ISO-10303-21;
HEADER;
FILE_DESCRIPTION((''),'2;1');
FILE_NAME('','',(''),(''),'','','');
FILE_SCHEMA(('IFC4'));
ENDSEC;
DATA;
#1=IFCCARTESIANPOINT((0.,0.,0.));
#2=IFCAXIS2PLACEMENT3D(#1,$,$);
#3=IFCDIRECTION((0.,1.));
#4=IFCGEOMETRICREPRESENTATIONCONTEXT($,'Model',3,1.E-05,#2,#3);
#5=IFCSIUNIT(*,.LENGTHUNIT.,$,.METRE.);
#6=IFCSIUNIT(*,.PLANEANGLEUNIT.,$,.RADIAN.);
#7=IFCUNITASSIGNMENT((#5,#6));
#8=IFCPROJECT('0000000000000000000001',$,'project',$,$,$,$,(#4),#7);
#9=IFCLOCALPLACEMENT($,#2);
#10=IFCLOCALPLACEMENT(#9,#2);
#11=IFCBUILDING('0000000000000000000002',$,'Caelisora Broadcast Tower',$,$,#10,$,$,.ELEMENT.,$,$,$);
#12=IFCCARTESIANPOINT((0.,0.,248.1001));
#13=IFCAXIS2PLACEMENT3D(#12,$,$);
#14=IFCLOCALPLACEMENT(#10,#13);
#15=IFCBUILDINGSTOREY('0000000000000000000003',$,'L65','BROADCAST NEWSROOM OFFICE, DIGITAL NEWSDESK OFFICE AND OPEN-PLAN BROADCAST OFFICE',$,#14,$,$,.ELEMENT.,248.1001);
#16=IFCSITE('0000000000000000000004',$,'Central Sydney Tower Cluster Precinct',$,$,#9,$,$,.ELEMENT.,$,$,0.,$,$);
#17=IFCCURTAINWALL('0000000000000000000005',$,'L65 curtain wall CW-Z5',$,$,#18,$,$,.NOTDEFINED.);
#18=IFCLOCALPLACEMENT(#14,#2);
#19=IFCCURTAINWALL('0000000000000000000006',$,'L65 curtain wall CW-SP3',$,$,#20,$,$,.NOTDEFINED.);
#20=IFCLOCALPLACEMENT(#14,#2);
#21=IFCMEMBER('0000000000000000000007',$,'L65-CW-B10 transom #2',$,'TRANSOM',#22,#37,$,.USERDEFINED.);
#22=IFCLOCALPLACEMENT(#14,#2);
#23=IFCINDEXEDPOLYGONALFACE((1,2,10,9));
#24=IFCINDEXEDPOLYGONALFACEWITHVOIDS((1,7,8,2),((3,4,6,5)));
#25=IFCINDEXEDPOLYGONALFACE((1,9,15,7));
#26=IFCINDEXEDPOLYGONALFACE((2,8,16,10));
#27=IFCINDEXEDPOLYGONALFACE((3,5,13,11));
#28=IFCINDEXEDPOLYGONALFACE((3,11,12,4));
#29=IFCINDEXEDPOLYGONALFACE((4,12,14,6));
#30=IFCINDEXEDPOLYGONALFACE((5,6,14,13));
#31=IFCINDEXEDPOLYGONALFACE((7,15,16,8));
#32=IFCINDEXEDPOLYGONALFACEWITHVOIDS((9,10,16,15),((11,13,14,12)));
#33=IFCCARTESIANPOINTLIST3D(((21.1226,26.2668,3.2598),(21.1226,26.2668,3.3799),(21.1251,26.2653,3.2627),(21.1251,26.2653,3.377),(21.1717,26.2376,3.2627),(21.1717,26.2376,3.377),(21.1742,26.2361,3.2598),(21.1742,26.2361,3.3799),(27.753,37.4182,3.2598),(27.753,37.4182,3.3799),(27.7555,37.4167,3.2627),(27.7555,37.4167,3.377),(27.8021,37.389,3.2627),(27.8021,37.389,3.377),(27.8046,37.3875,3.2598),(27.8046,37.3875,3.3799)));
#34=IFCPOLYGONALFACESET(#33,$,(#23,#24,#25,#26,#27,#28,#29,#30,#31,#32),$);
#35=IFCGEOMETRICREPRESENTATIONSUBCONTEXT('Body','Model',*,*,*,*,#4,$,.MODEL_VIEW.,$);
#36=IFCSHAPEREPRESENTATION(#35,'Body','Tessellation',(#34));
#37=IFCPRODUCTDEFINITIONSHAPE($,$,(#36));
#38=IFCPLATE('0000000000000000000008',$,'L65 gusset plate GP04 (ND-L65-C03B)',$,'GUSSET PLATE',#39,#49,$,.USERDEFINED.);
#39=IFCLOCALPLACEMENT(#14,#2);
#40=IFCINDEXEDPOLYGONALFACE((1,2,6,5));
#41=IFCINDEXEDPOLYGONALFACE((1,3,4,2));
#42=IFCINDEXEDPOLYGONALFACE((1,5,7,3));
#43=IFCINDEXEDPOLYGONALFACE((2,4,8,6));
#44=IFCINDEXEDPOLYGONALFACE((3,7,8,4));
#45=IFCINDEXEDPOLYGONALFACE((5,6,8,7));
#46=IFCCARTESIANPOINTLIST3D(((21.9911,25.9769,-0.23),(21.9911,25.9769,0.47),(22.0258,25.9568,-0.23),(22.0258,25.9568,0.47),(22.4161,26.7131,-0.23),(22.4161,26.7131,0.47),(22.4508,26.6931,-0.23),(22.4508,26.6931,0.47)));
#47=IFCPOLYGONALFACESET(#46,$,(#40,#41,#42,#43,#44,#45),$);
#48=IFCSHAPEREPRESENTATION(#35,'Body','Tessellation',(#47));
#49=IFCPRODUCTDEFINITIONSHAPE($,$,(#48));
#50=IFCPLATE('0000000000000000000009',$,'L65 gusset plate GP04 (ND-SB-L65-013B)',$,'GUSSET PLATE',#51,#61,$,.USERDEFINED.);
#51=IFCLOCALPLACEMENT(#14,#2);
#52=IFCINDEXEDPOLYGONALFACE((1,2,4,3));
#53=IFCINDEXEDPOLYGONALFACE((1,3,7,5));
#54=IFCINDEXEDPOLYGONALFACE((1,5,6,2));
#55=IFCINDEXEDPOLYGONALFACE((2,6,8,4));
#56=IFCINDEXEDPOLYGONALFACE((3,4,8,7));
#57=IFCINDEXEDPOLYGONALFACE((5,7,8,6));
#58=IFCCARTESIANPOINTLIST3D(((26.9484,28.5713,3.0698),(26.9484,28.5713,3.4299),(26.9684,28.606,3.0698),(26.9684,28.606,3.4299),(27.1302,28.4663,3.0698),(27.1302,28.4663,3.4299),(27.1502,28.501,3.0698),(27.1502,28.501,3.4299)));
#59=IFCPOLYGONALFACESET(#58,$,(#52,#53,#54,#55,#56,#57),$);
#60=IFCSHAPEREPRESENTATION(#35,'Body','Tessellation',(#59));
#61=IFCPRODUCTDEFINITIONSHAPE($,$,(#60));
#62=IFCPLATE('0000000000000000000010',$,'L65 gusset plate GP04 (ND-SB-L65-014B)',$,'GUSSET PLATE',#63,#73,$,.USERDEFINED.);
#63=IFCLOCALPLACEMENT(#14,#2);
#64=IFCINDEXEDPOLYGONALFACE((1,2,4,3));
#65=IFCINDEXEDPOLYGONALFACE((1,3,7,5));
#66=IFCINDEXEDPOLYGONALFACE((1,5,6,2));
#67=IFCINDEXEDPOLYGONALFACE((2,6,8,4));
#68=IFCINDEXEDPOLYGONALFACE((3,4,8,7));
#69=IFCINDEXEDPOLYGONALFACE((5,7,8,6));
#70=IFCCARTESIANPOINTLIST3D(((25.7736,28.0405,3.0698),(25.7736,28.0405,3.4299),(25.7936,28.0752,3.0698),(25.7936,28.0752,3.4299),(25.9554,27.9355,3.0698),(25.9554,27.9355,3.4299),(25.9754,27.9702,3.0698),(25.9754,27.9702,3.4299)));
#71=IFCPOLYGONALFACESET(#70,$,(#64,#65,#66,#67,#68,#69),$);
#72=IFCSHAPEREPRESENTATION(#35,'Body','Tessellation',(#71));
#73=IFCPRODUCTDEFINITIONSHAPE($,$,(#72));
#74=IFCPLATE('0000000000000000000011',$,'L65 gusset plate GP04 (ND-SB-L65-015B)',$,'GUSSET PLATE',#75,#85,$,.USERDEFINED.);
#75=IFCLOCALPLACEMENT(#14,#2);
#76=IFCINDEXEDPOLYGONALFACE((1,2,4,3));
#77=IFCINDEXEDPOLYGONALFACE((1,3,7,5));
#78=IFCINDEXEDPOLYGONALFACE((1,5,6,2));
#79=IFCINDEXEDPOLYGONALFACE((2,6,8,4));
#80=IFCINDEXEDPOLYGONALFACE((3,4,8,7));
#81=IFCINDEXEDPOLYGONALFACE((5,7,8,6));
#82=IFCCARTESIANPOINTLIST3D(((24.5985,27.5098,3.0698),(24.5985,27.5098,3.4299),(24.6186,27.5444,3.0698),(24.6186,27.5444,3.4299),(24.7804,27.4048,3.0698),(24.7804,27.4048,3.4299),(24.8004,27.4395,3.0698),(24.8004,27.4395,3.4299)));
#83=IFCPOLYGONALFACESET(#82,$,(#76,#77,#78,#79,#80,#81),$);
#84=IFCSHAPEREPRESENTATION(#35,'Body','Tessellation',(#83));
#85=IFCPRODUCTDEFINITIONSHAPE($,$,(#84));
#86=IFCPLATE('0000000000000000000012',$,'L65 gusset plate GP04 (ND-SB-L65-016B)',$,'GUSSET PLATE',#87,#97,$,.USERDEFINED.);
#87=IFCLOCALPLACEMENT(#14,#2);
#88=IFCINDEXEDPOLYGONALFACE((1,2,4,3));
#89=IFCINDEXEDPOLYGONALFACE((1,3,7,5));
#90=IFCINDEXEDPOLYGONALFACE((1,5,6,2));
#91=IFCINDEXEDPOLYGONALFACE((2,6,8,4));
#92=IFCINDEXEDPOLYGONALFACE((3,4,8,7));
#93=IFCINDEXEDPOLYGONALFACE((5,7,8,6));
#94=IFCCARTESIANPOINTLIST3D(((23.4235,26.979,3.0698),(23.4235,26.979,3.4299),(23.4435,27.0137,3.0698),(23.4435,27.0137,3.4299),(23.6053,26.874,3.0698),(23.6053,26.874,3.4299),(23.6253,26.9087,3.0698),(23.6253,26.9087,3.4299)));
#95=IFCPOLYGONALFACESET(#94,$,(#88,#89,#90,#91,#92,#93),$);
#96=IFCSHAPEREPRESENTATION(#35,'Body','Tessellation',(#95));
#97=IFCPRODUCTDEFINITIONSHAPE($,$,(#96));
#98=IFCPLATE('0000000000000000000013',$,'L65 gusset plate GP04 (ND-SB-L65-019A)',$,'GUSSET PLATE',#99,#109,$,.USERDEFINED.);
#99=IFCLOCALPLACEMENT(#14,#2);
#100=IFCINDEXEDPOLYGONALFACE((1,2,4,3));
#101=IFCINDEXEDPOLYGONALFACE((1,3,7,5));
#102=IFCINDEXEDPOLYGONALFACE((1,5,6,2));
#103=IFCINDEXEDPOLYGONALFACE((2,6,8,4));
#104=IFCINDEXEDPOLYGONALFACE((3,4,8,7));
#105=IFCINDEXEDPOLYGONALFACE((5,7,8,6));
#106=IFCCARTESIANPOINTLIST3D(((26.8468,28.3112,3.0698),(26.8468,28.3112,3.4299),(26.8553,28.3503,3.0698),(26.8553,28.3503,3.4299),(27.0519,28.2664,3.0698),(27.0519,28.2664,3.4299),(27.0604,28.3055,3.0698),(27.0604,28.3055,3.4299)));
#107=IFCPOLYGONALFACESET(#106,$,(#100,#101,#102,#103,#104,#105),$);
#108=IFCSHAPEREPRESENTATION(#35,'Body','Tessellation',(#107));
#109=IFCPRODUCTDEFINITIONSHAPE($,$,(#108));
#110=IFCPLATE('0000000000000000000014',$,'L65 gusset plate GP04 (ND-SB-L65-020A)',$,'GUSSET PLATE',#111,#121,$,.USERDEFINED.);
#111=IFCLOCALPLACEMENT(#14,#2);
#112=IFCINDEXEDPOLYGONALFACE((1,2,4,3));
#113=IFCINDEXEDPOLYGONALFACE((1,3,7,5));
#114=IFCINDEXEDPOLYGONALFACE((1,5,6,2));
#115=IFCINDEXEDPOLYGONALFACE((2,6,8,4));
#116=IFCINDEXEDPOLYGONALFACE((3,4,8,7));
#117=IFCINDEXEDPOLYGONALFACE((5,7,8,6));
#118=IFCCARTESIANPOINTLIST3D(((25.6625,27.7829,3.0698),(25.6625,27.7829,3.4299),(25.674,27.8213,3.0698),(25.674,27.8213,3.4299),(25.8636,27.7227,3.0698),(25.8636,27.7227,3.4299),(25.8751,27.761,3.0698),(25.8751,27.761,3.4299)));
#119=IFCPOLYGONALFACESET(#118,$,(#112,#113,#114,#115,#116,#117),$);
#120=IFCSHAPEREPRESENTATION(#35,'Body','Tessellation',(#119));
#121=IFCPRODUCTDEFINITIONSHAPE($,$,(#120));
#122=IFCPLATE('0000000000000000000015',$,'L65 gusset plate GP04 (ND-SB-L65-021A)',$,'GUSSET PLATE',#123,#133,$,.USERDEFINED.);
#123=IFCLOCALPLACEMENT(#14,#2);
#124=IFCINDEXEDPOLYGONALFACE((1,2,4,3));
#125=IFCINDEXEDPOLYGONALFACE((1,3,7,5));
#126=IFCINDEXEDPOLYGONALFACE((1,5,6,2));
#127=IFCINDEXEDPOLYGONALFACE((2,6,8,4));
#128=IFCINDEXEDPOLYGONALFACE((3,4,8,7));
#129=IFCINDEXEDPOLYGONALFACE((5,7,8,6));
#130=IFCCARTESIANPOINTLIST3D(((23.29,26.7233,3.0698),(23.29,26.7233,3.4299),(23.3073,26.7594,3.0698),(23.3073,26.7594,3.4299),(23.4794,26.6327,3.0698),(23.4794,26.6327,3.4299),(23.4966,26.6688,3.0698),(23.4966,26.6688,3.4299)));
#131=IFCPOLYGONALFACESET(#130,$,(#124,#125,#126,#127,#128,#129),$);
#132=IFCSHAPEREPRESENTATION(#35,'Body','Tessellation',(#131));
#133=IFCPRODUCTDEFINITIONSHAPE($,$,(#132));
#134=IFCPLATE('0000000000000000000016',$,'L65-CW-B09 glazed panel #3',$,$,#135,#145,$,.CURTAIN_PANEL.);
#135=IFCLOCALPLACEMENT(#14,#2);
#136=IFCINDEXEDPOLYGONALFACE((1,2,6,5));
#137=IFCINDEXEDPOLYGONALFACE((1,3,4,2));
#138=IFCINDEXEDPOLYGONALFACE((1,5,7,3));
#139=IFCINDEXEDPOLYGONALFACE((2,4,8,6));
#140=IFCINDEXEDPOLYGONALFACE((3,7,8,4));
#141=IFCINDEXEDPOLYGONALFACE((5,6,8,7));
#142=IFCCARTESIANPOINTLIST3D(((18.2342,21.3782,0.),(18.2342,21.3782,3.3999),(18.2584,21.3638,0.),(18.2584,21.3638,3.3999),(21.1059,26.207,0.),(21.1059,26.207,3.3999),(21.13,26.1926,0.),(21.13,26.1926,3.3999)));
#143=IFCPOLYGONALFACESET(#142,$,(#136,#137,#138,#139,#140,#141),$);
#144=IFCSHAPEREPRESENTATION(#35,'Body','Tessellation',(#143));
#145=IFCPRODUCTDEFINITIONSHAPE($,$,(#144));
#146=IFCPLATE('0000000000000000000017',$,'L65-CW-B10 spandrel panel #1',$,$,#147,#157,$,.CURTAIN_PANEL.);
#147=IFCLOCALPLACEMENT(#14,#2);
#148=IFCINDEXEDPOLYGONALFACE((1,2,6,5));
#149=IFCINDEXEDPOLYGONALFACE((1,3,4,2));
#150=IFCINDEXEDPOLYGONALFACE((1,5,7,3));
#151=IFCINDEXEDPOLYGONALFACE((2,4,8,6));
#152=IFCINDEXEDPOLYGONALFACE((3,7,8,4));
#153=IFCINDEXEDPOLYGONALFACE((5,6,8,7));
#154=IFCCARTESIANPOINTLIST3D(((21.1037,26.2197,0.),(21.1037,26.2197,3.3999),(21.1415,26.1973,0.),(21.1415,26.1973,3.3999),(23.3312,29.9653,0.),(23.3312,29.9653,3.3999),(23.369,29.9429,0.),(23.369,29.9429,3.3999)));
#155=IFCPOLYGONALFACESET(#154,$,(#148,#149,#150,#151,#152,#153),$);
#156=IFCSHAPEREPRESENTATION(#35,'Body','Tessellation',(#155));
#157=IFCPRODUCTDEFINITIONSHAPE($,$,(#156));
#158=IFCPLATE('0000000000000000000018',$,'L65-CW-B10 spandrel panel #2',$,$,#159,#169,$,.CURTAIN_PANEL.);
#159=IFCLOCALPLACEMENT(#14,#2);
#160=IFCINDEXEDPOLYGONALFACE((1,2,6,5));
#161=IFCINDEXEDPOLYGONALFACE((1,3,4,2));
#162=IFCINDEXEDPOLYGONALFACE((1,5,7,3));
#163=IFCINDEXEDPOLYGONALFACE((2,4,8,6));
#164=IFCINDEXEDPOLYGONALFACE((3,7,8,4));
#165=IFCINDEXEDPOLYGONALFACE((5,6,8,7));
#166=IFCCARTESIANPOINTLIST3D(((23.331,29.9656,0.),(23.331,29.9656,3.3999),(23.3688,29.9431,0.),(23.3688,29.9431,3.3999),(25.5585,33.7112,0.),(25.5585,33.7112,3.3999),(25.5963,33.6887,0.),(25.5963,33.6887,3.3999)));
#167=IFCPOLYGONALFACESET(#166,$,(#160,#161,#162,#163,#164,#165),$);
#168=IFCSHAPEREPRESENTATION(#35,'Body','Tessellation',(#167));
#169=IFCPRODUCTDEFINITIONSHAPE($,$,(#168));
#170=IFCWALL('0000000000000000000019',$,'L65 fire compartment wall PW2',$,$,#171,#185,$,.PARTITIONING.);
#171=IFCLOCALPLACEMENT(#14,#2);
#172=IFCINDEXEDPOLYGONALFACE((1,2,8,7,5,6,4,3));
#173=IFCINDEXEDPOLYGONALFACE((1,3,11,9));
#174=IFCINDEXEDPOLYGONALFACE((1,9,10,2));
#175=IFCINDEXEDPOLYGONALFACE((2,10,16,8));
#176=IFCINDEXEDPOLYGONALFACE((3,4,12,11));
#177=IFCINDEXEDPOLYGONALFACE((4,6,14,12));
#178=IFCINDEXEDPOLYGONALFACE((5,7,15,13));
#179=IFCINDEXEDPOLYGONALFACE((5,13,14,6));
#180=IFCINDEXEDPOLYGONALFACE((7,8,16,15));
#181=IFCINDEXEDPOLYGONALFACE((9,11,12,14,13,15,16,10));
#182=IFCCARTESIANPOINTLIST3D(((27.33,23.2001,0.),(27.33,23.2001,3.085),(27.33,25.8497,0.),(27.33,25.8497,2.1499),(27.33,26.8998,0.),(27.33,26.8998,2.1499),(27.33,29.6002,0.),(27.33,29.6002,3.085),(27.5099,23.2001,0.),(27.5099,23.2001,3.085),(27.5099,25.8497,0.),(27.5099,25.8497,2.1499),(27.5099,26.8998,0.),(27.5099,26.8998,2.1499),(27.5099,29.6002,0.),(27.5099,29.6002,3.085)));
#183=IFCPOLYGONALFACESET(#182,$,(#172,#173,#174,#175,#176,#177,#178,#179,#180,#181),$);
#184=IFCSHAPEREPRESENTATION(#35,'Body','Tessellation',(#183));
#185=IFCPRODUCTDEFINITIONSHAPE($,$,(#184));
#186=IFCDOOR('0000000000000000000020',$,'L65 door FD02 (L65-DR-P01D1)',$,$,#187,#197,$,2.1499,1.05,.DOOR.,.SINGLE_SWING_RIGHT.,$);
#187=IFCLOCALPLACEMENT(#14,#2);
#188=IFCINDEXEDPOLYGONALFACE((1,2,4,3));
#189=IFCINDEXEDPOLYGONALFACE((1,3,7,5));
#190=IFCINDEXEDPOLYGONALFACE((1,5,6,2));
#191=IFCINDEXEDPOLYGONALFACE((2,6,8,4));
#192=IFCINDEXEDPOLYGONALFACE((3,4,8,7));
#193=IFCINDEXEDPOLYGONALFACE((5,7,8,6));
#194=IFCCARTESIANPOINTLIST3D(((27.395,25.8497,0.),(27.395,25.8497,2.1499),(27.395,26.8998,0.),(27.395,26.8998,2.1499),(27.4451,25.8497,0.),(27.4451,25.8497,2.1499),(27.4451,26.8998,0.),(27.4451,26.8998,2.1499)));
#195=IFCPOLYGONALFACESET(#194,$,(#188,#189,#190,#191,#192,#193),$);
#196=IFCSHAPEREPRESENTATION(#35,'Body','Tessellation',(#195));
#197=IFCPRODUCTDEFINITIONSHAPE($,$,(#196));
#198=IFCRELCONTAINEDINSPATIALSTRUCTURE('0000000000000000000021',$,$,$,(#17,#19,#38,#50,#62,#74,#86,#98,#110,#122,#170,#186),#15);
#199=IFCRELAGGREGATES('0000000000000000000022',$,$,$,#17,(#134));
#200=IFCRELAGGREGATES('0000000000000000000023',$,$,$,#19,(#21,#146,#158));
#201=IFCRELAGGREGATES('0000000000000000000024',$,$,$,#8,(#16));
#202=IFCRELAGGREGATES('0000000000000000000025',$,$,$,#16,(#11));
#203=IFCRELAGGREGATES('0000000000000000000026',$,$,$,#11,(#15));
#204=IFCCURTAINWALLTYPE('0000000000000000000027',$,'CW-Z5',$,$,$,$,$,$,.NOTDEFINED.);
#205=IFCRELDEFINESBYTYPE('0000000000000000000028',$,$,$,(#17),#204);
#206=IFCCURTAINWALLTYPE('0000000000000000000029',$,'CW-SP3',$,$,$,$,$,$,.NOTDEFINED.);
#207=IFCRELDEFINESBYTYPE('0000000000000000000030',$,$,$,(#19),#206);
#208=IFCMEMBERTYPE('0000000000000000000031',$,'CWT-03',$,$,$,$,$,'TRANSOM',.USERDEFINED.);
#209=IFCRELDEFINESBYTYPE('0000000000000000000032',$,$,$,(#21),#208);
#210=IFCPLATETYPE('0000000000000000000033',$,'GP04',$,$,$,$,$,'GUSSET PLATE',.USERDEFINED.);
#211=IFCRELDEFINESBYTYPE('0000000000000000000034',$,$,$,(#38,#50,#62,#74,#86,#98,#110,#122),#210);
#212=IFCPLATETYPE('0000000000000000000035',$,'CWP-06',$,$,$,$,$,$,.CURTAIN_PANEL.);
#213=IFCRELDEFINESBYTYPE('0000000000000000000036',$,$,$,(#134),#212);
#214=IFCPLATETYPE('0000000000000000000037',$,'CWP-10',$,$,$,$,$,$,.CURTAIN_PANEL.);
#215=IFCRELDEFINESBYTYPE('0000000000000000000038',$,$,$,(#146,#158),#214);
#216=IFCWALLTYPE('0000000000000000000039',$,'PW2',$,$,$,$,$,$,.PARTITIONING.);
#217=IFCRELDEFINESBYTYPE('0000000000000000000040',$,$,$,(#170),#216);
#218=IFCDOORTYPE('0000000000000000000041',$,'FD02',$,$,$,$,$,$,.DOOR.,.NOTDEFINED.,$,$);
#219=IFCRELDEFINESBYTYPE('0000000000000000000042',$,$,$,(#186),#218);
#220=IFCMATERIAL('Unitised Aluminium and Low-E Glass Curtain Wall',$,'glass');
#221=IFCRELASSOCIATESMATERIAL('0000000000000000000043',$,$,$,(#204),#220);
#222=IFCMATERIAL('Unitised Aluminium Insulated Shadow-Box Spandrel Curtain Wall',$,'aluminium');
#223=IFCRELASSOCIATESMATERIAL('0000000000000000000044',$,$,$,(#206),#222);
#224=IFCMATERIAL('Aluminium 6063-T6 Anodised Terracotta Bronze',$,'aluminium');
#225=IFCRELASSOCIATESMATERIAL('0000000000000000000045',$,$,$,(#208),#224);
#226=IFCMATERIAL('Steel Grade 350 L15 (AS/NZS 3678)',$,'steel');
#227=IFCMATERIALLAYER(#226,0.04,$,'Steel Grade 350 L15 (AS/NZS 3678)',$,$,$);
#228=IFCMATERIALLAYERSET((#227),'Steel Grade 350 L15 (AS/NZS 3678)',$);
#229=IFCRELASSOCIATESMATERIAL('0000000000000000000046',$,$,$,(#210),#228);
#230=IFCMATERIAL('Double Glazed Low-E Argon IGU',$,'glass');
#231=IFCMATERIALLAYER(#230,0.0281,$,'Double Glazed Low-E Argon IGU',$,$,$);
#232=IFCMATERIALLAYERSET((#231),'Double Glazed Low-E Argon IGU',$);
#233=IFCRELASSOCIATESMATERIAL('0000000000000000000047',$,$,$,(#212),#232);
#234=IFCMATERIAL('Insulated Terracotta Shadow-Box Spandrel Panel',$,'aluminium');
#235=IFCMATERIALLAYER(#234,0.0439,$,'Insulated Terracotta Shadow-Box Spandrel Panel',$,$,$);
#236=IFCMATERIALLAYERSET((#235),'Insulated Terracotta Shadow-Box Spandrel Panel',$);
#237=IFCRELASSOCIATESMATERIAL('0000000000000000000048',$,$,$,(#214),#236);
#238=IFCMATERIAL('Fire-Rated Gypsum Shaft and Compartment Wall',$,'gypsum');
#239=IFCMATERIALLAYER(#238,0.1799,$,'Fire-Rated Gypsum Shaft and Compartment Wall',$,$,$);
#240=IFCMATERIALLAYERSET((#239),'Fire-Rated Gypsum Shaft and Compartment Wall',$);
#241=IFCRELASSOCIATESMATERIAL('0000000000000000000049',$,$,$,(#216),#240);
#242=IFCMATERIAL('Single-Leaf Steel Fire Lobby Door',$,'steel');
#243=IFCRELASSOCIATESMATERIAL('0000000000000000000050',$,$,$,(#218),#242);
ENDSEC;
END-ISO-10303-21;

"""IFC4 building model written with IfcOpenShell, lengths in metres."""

from ifc_helpers import new_model, si_unit, direction, frame, frame_2d, origin, origin_2d, place, context, subcontext, project, spatial, rectangle, hollow_rectangle, extrude, source, transform, mapped, material, layer, layer_set, material_profile, profile_set, type_object, type_shapes, element, fill, aggregate, save


model = new_model("IFC4")

# Units and contexts
model_context = context("Model", 3, precision=1e-05, world=origin(), true_north=direction((0.0, 1.0)))
body_context = subcontext(model_context, "Body", "Model", "MODEL_VIEW")
ifc_project = project(units=[si_unit("LENGTHUNIT", "METRE"), si_unit("PLANEANGLEUNIT", "RADIAN")], contexts=[model_context])

# Site, building, storey
site_placement = place(None, origin())
site = spatial("IfcSite", under=ifc_project, at=site_placement, Name="Central Sydney Tower Cluster Precinct", CompositionType="ELEMENT", RefElevation=0.0)
building_placement = place(site_placement, origin())
building = spatial("IfcBuilding", under=site, at=building_placement, Name="Caelisora Broadcast Tower", CompositionType="ELEMENT")
storey_placement = place(building_placement, frame((0.0, 0.0, 248.1001)))
storey = spatial("IfcBuildingStorey", under=building, at=storey_placement, Name="L65", Description="BROADCAST NEWSROOM OFFICE, DIGITAL NEWSDESK OFFICE AND OPEN-PLAN BROADCAST OFFICE", CompositionType="ELEMENT", Elevation=248.1001)

# Shared definitions
ifc_material_1 = material(Name="Steel Grade 350 L15 (AS/NZS 3678)", Category="steel")

# Curtain wall
ifc_material_2 = material(Name="Unitised Aluminium and Low-E Glass Curtain Wall", Category="glass")
curtain_wall_type_1 = type_object("IfcCurtainWallType", Name="CW-Z5", PredefinedType="NOTDEFINED", material=ifc_material_2)
curtain_wall_1_placement = place(storey_placement, origin())
curtain_wall_1 = element("IfcCurtainWall", 1, at=curtain_wall_1_placement, inside=storey, type_object=curtain_wall_type_1, Name="L65 curtain wall CW-Z5", PredefinedType="NOTDEFINED")
ifc_material_3 = material(Name="Aluminium 6063-T6 Anodised Terracotta Bronze", Category="aluminium")

# Curtain wall, member
ifc_material_4 = material(Name="Unitised Aluminium Insulated Shadow-Box Spandrel Curtain Wall", Category="aluminium")
curtain_wall_type_2 = type_object("IfcCurtainWallType", Name="CW-SP3", PredefinedType="NOTDEFINED", material=ifc_material_4)
curtain_wall_2_placement = place(storey_placement, origin())
curtain_wall_2 = element("IfcCurtainWall", 2, at=curtain_wall_2_placement, inside=storey, type_object=curtain_wall_type_2, Name="L65 curtain wall CW-SP3", PredefinedType="NOTDEFINED")
ifc_material_profile_1 = material_profile(ifc_material_3, hollow_rectangle(XDim=0.0601, YDim=0.1201, WallThickness=0.0029, at=origin_2d()), Name="Aluminium 6063-T6 Anodised Terracotta Bronze")
ifc_profile_set_1 = profile_set([ifc_material_profile_1], Name="Aluminium 6063-T6 Anodised Terracotta Bronze")
member_type_1 = type_object("IfcMemberType", Name="CWT-03", ElementType="TRANSOM", PredefinedType="USERDEFINED", material=ifc_profile_set_1)
shared_shape_1 = source(origin(), body_context, "Body", "SweptSolid", [
    extrude(hollow_rectangle(XDim=0.0601, YDim=0.1201, WallThickness=0.0029, at=origin_2d()), origin(), (0.0, 0.0, 1.0), 12.9736),
])
type_shapes(member_type_1, [shared_shape_1])
member_1_placement = place(storey_placement, frame((21.1484, 26.2515, 3.3198), z_axis=(0.511066, 0.859542, 0.0), x_axis=(-0.859542, 0.511066, 0.0)))
member_1 = element("IfcMember", 3, at=member_1_placement, type_object=member_type_1, Name="L65-CW-B10 transom #2", ObjectType="TRANSOM", PredefinedType="USERDEFINED", context=body_context, shape_type="MappedRepresentation", body=[
    mapped(shared_shape_1, transform((0.0, 0.0, 0.0), scale=1.0)),
])

# Plates
ifc_layer_1 = layer(ifc_material_1, 0.04, Name="Steel Grade 350 L15 (AS/NZS 3678)")
ifc_layer_set_1 = layer_set([ifc_layer_1], Name="Steel Grade 350 L15 (AS/NZS 3678)")
plate_type_1 = type_object("IfcPlateType", Name="GP04", ElementType="GUSSET PLATE", PredefinedType="USERDEFINED", material=ifc_layer_set_1)
shared_shape_2 = source(origin(), body_context, "Body", "SweptSolid", [
    extrude(rectangle(XDim=0.8501, YDim=0.04, at=origin_2d()), origin(), (0.0, 0.0, 1.0), 0.7),
])
plate_1_placement = place(storey_placement, frame((22.2209, 26.335, -0.23), z_axis=(0.0, 0.0, 1.0), x_axis=(-0.5, -0.866025, 0.0)))
element("IfcPlate", 4, at=plate_1_placement, inside=storey, type_object=plate_type_1, Name="L65 gusset plate GP04 (ND-L65-C03B)", ObjectType="GUSSET PLATE", PredefinedType="USERDEFINED", context=body_context, shape_type="MappedRepresentation", body=[
    mapped(shared_shape_2, transform((0.0, 0.0, 0.0), scale=1.0)),
])
shared_shape_3 = source(origin(), body_context, "Body", "SweptSolid", [
    extrude(rectangle(XDim=0.21, YDim=0.04, at=origin_2d()), origin(), (0.0, 0.0, 1.0), 0.3601),
])
type_shapes(plate_type_1, [shared_shape_2, shared_shape_3])
for number, where, z_axis, x_axis, name in (
    (5, (27.0493, 28.5361, 3.0698), (0.0, 0.0, 1.0), (0.866025, -0.5, 0.0), "L65 gusset plate GP04 (ND-SB-L65-013B)"),
    (6, (25.8745, 28.0054, 3.0698), (0.0, 0.0, 1.0), (0.866025, -0.5, 0.0), "L65 gusset plate GP04 (ND-SB-L65-014B)"),
    (7, (24.6995, 27.4746, 3.0698), (0.0, 0.0, 1.0), (0.866025, -0.5, 0.0), "L65 gusset plate GP04 (ND-SB-L65-015B)"),
    (8, (23.5244, 26.9438, 3.0698), (0.0, 0.0, 1.0), (0.866025, -0.5, 0.0), "L65 gusset plate GP04 (ND-SB-L65-016B)"),
    (9, (26.9536, 28.3083, 3.0698), (0.0, 0.0, 1.0), (0.977046, -0.21303, 0.0), "L65 gusset plate GP04 (ND-SB-L65-019A)"),
    (10, (25.7688, 27.772, 3.0698), (0.0, 0.0, 1.0), (0.957923, -0.287026, 0.0), "L65 gusset plate GP04 (ND-SB-L65-020A)"),
    (11, (23.3933, 26.696, 3.0698), (0.0, 0.0, 1.0), (0.901983, -0.431771, 0.0), "L65 gusset plate GP04 (ND-SB-L65-021A)"),
):
    element("IfcPlate", number, at=place(storey_placement, frame(where, z_axis=z_axis, x_axis=x_axis)), inside=storey, type_object=plate_type_1, Name=name, ObjectType="GUSSET PLATE", PredefinedType="USERDEFINED", context=body_context, shape_type="MappedRepresentation", body=[
        mapped(shared_shape_3, transform((0.0, 0.0, 0.0), scale=1.0)),
    ])

# Plates
ifc_material_5 = material(Name="Double Glazed Low-E Argon IGU", Category="glass")
ifc_layer_2 = layer(ifc_material_5, 0.0281, Name="Double Glazed Low-E Argon IGU")
ifc_layer_set_2 = layer_set([ifc_layer_2], Name="Double Glazed Low-E Argon IGU")
plate_type_2 = type_object("IfcPlateType", Name="CWP-06", PredefinedType="CURTAIN_PANEL", material=ifc_layer_set_2)
shared_shape_4 = source(origin(), body_context, "Body", "SweptSolid", [
    extrude(rectangle(XDim=5.6182, YDim=0.0281, at=origin_2d()), origin(), (0.0, 0.0, 1.0), 3.3999),
])
type_shapes(plate_type_2, [shared_shape_4])
plate_2_placement = place(storey_placement, frame((19.6821, 23.7854, 0.0), z_axis=(0.0, 0.0, 1.0), x_axis=(0.511143, 0.859496, 0.0)))
plate_2 = element("IfcPlate", 12, at=plate_2_placement, type_object=plate_type_2, Name="L65-CW-B09 glazed panel #3", PredefinedType="CURTAIN_PANEL", context=body_context, shape_type="MappedRepresentation", body=[
    mapped(shared_shape_4, transform((0.0, 0.0, 0.0), scale=1.0)),
])
aggregate(curtain_wall_1, [plate_2])
ifc_material_6 = material(Name="Insulated Terracotta Shadow-Box Spandrel Panel", Category="aluminium")
ifc_layer_3 = layer(ifc_material_6, 0.0439, Name="Insulated Terracotta Shadow-Box Spandrel Panel")
ifc_layer_set_3 = layer_set([ifc_layer_3], Name="Insulated Terracotta Shadow-Box Spandrel Panel")
plate_type_3 = type_object("IfcPlateType", Name="CWP-10", PredefinedType="CURTAIN_PANEL", material=ifc_layer_set_3)
shared_shape_5 = source(origin(), body_context, "Body", "SweptSolid", [
    extrude(rectangle(XDim=4.3579, YDim=0.0439, at=origin_2d()), origin(), (0.0, 0.0, 1.0), 3.3999),
])
type_shapes(plate_type_3, [shared_shape_5])
plate_3_placement = place(storey_placement, frame((22.2363, 28.0813, 0.0), z_axis=(0.0, 0.0, 1.0), x_axis=(0.511143, 0.859496, 0.0)))
plate_3 = element("IfcPlate", 13, at=plate_3_placement, type_object=plate_type_3, Name="L65-CW-B10 spandrel panel #1", PredefinedType="CURTAIN_PANEL", context=body_context, shape_type="MappedRepresentation", body=[
    mapped(shared_shape_5, transform((0.0, 0.0, 0.0), scale=1.0)),
])
plate_4_placement = place(storey_placement, frame((24.4636, 31.8271, 0.0), z_axis=(0.0, 0.0, 1.0), x_axis=(0.511143, 0.859496, 0.0)))
plate_4 = element("IfcPlate", 14, at=plate_4_placement, type_object=plate_type_3, Name="L65-CW-B10 spandrel panel #2", PredefinedType="CURTAIN_PANEL", context=body_context, shape_type="MappedRepresentation", body=[
    mapped(shared_shape_5, transform((0.0, 0.0, 0.0), scale=1.0)),
])
aggregate(curtain_wall_2, [member_1, plate_3, plate_4])

# Wall, opening, door
ifc_material_7 = material(Name="Fire-Rated Gypsum Shaft and Compartment Wall", Category="gypsum")
ifc_layer_4 = layer(ifc_material_7, 0.1799, Name="Fire-Rated Gypsum Shaft and Compartment Wall")
ifc_layer_set_4 = layer_set([ifc_layer_4], Name="Fire-Rated Gypsum Shaft and Compartment Wall")
wall_type_1 = type_object("IfcWallType", Name="PW2", PredefinedType="PARTITIONING", material=ifc_layer_set_4)
wall_1_placement = place(storey_placement, frame((27.4199, 23.2, 0.0), z_axis=(0.0, 0.0, 1.0), x_axis=(0.0, 1.0, 0.0)))
wall_1 = element("IfcWall", 15, at=wall_1_placement, inside=storey, type_object=wall_type_1, Name="L65 fire compartment wall PW2", PredefinedType="PARTITIONING", context=body_context, shape_type="SweptSolid", body=[
    extrude(rectangle(XDim=6.4001, YDim=0.1799, at=frame_2d((3.2002, 0.0))), origin(), (0.0, 0.0, 1.0), 3.085),
])
opening_placement = place(wall_1_placement, frame((2.6499, 0.0, 0.0)))
opening = element("IfcOpeningElement", 16, at=opening_placement, cuts=wall_1, PredefinedType="OPENING", context=body_context, shape_type="SweptSolid", body=[
    extrude(rectangle(XDim=1.05, YDim=2.1499, at=frame_2d((0.5249, 1.075))), frame((0.0, 0.1021, 0.0), z_axis=(0.0, -1.0, 0.0), x_axis=(1.0, 0.0, 0.0)), (0.0, 0.0, 1.0), 0.2039),
])
ifc_material_8 = material(Name="Single-Leaf Steel Fire Lobby Door", Category="steel")
door_type = type_object("IfcDoorType", Name="FD02", OperationType="NOTDEFINED", PredefinedType="DOOR", material=ifc_material_8)
door_placement = place(opening_placement, origin())
door = element("IfcDoor", 17, at=door_placement, inside=storey, type_object=door_type, Name="L65 door FD02 (L65-DR-P01D1)", OperationType="SINGLE_SWING_RIGHT", OverallHeight=2.1499, OverallWidth=1.05, PredefinedType="DOOR", context=body_context, shape_type="SweptSolid", body=[
    extrude(rectangle(XDim=1.05, YDim=2.1499, at=frame_2d((0.5249, 1.075))), frame((0.0, 0.0249, 0.0), z_axis=(0.0, -1.0, 0.0), x_axis=(1.0, 0.0, 0.0)), (0.0, 0.0, 1.0), 0.05),
])
fill(opening, door)

save(model, "model.ifc")
